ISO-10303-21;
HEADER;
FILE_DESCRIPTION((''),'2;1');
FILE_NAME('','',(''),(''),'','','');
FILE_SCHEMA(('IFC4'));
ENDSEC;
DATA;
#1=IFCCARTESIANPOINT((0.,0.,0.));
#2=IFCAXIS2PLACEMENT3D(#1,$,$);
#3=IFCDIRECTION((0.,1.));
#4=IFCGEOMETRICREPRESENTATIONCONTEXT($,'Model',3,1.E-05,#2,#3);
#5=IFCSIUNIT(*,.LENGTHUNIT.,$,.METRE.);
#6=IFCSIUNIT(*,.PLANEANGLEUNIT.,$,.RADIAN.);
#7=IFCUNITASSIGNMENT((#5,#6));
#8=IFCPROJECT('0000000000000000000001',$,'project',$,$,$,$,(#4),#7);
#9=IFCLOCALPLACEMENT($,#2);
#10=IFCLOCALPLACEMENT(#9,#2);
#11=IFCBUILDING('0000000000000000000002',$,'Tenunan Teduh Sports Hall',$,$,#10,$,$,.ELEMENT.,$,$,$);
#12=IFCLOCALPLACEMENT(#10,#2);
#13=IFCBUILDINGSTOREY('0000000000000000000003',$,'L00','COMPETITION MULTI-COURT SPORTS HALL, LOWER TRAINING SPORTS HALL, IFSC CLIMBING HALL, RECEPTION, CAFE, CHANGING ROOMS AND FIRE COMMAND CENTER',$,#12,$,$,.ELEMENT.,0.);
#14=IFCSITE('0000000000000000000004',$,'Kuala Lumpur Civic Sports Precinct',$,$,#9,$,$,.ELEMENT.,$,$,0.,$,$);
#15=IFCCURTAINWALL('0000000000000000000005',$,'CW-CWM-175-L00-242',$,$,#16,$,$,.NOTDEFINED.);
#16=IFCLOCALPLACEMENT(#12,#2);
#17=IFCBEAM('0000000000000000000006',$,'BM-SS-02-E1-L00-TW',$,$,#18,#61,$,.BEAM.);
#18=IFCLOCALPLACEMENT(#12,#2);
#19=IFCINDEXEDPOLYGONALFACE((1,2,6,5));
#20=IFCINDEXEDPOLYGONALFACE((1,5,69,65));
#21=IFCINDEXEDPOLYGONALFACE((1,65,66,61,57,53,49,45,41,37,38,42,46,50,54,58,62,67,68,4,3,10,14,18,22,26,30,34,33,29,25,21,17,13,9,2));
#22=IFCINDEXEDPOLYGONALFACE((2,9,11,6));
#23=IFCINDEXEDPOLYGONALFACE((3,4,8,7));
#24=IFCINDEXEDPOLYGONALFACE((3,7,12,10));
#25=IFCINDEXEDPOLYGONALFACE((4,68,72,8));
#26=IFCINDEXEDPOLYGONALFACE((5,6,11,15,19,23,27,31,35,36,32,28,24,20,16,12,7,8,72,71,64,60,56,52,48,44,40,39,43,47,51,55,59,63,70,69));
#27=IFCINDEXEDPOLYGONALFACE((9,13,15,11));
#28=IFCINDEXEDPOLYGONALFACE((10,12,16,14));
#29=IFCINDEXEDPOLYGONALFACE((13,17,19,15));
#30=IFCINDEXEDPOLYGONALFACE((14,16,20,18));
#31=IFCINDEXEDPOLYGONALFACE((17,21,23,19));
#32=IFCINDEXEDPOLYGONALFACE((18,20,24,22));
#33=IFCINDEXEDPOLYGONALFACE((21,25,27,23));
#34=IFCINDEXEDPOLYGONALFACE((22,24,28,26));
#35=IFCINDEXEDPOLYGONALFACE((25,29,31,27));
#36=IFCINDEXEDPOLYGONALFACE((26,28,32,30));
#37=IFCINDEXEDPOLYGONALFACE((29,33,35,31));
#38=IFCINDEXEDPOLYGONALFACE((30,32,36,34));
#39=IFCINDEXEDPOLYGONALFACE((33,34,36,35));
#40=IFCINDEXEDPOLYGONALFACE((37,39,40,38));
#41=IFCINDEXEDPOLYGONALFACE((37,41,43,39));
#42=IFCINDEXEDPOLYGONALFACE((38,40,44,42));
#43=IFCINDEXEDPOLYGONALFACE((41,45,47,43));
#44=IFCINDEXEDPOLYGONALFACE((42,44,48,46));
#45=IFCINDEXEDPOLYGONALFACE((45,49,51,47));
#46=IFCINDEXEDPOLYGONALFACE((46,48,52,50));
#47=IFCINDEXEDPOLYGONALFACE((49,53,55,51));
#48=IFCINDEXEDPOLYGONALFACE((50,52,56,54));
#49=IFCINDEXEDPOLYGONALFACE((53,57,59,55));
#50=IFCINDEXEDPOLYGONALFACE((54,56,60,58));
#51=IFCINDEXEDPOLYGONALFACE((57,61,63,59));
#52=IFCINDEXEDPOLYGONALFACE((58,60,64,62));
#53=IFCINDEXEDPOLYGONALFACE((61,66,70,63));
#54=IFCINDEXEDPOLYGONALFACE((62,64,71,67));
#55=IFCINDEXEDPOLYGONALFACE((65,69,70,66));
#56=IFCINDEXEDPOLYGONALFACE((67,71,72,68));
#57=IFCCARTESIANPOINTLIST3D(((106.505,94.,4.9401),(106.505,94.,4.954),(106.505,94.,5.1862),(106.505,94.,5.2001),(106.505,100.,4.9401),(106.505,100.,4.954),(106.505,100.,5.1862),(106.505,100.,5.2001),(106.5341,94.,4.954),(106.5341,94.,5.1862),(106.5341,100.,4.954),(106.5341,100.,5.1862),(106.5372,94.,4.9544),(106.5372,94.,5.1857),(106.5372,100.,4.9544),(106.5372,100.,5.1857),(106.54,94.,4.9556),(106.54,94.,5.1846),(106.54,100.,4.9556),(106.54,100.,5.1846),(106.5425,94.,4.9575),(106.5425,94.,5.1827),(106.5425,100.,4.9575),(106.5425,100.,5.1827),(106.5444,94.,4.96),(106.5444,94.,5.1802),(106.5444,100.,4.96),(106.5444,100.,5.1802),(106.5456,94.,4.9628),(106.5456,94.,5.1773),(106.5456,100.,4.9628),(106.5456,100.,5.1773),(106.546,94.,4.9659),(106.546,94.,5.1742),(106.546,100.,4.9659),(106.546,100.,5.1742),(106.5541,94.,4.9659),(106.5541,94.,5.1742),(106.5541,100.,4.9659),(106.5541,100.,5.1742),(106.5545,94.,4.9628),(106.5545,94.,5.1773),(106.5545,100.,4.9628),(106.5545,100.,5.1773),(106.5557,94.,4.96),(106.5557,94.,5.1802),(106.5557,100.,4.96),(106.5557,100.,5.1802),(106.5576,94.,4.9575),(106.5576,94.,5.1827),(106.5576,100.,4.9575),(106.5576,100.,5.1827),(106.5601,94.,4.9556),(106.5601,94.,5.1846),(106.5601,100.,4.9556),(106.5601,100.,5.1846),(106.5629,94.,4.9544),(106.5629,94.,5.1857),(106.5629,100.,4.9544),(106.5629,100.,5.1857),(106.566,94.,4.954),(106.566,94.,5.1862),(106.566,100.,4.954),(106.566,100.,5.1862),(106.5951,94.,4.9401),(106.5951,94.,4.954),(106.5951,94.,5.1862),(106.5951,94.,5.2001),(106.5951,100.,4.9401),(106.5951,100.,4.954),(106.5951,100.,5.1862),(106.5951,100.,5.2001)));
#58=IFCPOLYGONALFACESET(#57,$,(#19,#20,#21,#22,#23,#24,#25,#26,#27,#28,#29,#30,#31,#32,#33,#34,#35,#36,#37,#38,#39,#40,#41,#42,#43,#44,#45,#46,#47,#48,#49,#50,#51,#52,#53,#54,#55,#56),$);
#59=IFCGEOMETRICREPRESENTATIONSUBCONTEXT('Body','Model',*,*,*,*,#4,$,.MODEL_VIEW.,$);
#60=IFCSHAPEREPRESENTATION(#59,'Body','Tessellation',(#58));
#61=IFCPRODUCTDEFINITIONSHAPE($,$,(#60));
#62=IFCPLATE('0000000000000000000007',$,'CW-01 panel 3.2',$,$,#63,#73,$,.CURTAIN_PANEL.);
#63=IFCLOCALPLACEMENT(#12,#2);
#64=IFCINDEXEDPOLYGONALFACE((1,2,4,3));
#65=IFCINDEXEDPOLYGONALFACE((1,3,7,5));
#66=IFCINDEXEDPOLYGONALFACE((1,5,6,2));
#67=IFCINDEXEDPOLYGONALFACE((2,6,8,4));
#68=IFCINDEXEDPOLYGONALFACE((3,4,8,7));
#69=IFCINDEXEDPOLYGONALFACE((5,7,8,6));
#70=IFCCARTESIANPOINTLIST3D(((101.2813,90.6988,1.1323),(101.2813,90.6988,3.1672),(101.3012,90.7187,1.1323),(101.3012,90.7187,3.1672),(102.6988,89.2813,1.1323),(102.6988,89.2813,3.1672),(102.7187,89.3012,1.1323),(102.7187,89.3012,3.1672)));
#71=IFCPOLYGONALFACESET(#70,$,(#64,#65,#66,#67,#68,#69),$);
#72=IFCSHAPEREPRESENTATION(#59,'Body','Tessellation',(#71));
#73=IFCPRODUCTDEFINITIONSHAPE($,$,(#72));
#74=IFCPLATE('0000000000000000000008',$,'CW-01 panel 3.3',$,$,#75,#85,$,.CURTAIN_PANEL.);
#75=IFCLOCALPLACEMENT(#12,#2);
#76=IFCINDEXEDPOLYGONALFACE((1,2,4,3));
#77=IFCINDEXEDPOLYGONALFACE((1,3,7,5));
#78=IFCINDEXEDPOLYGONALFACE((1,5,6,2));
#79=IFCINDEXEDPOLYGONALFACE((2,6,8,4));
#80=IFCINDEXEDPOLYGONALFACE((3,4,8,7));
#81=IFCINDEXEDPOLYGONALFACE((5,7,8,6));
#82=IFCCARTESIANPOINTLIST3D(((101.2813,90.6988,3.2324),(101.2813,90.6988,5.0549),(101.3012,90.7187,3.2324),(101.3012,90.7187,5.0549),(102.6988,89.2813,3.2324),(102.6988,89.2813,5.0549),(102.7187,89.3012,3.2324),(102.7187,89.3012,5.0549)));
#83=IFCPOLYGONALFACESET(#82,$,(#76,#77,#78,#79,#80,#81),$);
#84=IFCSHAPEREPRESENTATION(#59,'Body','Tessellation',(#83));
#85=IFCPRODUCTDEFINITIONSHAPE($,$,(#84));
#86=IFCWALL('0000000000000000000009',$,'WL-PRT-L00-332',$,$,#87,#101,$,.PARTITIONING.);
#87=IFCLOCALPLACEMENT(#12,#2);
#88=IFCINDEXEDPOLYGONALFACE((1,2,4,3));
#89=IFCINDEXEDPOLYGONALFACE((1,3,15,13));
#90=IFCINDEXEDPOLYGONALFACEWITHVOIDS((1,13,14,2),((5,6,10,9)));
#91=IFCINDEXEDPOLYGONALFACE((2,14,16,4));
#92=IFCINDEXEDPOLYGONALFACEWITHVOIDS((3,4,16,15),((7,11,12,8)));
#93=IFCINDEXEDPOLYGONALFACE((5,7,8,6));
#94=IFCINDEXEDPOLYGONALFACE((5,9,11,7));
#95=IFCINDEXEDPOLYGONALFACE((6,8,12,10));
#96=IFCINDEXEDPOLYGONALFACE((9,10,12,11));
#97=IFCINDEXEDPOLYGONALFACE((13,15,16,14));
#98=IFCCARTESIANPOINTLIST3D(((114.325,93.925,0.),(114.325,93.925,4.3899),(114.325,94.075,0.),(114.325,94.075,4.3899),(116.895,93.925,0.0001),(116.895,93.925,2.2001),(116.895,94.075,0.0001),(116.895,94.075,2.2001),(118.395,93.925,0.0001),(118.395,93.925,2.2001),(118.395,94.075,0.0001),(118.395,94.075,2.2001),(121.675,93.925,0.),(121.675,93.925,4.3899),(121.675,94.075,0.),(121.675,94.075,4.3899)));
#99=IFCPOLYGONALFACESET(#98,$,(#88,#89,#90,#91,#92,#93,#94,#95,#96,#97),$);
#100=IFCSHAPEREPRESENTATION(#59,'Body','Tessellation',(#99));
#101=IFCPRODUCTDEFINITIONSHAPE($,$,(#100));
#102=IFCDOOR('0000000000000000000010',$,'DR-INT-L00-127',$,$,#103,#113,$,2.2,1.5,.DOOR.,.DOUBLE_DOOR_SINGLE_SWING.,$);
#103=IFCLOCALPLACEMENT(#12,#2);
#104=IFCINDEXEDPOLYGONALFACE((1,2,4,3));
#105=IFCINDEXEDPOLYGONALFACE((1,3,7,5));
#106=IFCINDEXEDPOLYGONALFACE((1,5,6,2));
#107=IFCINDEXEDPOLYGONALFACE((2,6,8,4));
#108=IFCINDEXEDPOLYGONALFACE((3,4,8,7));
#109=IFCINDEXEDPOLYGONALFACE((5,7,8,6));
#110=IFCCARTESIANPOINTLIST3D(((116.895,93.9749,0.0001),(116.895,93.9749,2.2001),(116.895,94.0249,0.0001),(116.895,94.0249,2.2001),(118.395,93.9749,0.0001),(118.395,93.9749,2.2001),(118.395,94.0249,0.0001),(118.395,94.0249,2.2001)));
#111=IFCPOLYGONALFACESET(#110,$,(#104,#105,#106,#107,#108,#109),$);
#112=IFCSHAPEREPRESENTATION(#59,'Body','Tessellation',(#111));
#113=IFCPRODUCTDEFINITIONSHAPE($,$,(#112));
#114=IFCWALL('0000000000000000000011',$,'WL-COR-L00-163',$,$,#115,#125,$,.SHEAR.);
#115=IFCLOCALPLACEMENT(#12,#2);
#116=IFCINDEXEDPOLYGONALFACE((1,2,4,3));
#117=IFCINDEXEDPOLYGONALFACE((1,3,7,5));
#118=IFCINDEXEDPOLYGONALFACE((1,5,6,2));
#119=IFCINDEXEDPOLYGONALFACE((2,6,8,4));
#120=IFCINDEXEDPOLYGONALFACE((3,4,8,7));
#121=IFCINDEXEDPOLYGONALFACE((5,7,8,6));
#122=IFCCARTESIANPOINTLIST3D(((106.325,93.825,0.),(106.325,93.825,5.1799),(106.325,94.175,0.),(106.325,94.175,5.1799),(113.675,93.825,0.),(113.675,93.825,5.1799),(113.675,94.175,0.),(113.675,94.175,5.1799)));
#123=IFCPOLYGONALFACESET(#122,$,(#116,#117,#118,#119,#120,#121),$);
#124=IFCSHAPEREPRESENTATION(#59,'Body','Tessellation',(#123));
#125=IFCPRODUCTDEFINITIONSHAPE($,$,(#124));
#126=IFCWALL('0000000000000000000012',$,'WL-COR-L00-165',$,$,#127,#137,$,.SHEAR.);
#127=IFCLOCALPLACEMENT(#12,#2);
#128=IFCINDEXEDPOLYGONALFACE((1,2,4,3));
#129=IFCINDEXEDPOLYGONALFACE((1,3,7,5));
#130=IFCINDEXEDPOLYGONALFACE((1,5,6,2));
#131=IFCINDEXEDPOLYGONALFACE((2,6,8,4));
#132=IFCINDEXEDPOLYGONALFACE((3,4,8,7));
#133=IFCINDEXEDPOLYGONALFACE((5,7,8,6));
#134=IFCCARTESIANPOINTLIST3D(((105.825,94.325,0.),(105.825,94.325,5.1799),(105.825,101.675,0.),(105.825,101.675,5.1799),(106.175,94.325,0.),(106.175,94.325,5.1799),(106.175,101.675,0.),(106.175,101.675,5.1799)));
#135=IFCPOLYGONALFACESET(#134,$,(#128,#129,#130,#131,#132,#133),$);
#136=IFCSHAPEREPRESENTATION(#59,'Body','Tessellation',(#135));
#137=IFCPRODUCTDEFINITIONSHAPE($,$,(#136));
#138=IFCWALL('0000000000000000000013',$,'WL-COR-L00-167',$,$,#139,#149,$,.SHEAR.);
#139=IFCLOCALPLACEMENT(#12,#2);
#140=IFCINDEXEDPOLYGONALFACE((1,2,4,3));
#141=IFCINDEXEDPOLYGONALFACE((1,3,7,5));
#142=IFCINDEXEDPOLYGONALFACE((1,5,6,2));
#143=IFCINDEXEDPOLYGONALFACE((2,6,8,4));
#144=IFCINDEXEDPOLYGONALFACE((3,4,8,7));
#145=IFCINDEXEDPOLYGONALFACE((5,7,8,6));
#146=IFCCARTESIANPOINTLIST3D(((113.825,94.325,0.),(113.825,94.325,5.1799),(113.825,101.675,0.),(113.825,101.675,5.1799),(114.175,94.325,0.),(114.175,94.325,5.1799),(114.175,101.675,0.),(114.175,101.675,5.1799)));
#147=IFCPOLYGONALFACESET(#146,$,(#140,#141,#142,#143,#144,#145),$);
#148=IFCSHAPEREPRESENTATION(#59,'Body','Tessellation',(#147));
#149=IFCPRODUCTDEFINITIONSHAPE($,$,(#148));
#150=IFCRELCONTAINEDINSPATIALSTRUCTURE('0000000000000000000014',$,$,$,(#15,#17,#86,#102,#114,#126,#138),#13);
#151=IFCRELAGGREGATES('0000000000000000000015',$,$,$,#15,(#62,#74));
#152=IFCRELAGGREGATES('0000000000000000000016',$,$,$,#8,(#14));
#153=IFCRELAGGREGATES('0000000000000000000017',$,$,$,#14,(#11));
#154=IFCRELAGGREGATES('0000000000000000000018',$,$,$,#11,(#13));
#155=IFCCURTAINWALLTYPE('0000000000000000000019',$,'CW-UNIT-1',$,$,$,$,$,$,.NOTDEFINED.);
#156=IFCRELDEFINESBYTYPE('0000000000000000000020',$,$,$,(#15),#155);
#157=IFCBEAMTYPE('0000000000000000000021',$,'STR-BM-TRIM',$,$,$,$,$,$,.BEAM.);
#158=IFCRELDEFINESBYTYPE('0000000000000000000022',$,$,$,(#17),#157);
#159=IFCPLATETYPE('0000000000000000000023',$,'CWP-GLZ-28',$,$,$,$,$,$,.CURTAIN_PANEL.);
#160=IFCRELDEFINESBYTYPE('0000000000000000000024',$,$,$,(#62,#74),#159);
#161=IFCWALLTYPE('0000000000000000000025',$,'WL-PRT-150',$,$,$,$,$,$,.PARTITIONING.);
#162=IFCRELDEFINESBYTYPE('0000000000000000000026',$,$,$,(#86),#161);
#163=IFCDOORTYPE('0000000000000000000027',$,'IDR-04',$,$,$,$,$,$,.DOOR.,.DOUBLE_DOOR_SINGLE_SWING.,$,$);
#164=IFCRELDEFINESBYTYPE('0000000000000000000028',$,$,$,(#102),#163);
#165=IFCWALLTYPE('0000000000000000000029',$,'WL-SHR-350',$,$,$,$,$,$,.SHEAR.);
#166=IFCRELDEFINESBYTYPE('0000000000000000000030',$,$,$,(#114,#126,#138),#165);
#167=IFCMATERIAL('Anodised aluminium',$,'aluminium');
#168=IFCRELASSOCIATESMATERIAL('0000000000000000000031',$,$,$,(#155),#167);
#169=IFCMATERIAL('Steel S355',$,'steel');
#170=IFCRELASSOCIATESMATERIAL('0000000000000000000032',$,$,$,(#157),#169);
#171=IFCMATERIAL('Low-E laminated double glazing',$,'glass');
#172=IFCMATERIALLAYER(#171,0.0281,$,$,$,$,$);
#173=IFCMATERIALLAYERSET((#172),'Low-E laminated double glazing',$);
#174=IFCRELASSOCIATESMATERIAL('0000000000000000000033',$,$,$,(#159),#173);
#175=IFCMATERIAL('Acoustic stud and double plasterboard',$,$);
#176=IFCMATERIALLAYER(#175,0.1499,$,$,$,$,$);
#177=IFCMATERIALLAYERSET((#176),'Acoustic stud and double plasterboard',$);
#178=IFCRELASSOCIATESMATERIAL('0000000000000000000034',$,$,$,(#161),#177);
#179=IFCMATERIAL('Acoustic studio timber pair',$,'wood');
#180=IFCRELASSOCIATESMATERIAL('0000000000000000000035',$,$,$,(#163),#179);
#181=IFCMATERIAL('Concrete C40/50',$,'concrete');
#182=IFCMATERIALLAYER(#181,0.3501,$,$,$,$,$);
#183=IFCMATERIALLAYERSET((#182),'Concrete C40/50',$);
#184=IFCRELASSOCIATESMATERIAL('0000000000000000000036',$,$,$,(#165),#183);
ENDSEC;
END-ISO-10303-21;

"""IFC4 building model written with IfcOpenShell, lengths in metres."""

from ifc_helpers import new_model, si_unit, direction, frame, frame_2d, origin, origin_2d, place, context, subcontext, project, spatial, rectangle, i_section, extrude, material, layer, layer_set, material_profile, profile_set, type_object, element, fill, aggregate, save


model = new_model("IFC4")

# Units and contexts
model_context = context("Model", 3, precision=1e-05, world=origin(), true_north=direction((0.0, 1.0)))
body_context = subcontext(model_context, "Body", "Model", "MODEL_VIEW")
ifc_project = project(units=[si_unit("LENGTHUNIT", "METRE"), si_unit("PLANEANGLEUNIT", "RADIAN")], contexts=[model_context])

# Site, building, storey
site_placement = place(None, origin())
site = spatial("IfcSite", under=ifc_project, at=site_placement, Name="Kuala Lumpur Civic Sports Precinct", CompositionType="ELEMENT", RefElevation=0.0)
building_placement = place(site_placement, origin())
building = spatial("IfcBuilding", under=site, at=building_placement, Name="Tenunan Teduh Sports Hall", CompositionType="ELEMENT")
storey_placement = place(building_placement, origin())
storey = spatial("IfcBuildingStorey", under=building, at=storey_placement, Name="L00", Description="COMPETITION MULTI-COURT SPORTS HALL, LOWER TRAINING SPORTS HALL, IFSC CLIMBING HALL, RECEPTION, CAFE, CHANGING ROOMS AND FIRE COMMAND CENTER", CompositionType="ELEMENT", Elevation=0.0)

# Curtain wall
ifc_material_1 = material(Name="Anodised aluminium", Category="aluminium")
curtain_wall_type = type_object("IfcCurtainWallType", Name="CW-UNIT-1", PredefinedType="NOTDEFINED", material=ifc_material_1)
curtain_wall_placement = place(storey_placement, origin())
curtain_wall = element("IfcCurtainWall", 1, at=curtain_wall_placement, inside=storey, type_object=curtain_wall_type, Name="CW-CWM-175-L00-242", PredefinedType="NOTDEFINED")

# Beam
ifc_material_2 = material(Name="Steel S355", Category="steel")
ifc_material_profile_1 = material_profile(ifc_material_2, i_section(OverallWidth=0.0901, OverallDepth=0.26, WebThickness=0.0081, FlangeThickness=0.0139, FilletRadius=0.012, at=origin_2d()), Name="PFC 260x90")
ifc_profile_set_1 = profile_set([ifc_material_profile_1], Name="Steel S355")
beam_type_1 = type_object("IfcBeamType", Name="STR-BM-TRIM", PredefinedType="BEAM", material=ifc_profile_set_1)
for number, where, z_axis, x_axis, name in (
    (2, (106.55, 94.0, 5.0701), (0.0, 1.0, 0.0), (-1.0, 0.0, 0.0), "BM-SS-02-E1-L00-TW"),
):
    element("IfcBeam", number, at=place(storey_placement, frame(where, z_axis=z_axis, x_axis=x_axis)), inside=storey, type_object=beam_type_1, Name=name, PredefinedType="BEAM", context=body_context, shape_type="SweptSolid", body=[
        extrude(i_section(OverallWidth=0.0901, OverallDepth=0.26, WebThickness=0.0081, FlangeThickness=0.0139, FilletRadius=0.012, at=origin_2d()), origin(), (0.0, 0.0, 1.0), 6.0),
    ])

# Plates
ifc_material_3 = material(Name="Low-E laminated double glazing", Category="glass")
ifc_layer_1 = layer(ifc_material_3, 0.0281)
ifc_layer_set_1 = layer_set([ifc_layer_1], Name="Low-E laminated double glazing")
plate_type = type_object("IfcPlateType", Name="CWP-GLZ-28", PredefinedType="CURTAIN_PANEL", material=ifc_layer_set_1)
plate_1_placement = place(storey_placement, frame((102.0, 90.0, 1.1323), z_axis=(0.0, 0.0, 1.0), x_axis=(0.707107, -0.707107, 0.0)))
plate_1 = element("IfcPlate", 3, at=plate_1_placement, type_object=plate_type, Name="CW-01 panel 3.2", PredefinedType="CURTAIN_PANEL", context=body_context, shape_type="SweptSolid", body=[
    extrude(rectangle(XDim=2.0046, YDim=0.0281, at=origin_2d()), origin(), (0.0, 0.0, 1.0), 2.0349),
])
plate_2_placement = place(storey_placement, frame((102.0, 90.0, 3.2324), z_axis=(0.0, 0.0, 1.0), x_axis=(0.707107, -0.707107, 0.0)))
plate_2 = element("IfcPlate", 4, at=plate_2_placement, type_object=plate_type, Name="CW-01 panel 3.3", PredefinedType="CURTAIN_PANEL", context=body_context, shape_type="SweptSolid", body=[
    extrude(rectangle(XDim=2.0046, YDim=0.0281, at=origin_2d()), origin(), (0.0, 0.0, 1.0), 1.8225),
])
aggregate(curtain_wall, [plate_1, plate_2])

# Wall, opening, door
ifc_material_4 = material(Name="Acoustic stud and double plasterboard")
ifc_layer_2 = layer(ifc_material_4, 0.1499)
ifc_layer_set_2 = layer_set([ifc_layer_2], Name="Acoustic stud and double plasterboard")
wall_type_1 = type_object("IfcWallType", Name="WL-PRT-150", PredefinedType="PARTITIONING", material=ifc_layer_set_2)
wall_placement = place(storey_placement, frame((114.325, 94.0, 0.0), z_axis=(0.0, 0.0, 1.0), x_axis=(1.0, 0.0, 0.0)))
wall = element("IfcWall", 5, at=wall_placement, inside=storey, type_object=wall_type_1, Name="WL-PRT-L00-332", PredefinedType="PARTITIONING", context=body_context, shape_type="SweptSolid", body=[
    extrude(rectangle(XDim=7.3501, YDim=0.1499, at=frame_2d((3.675, 0.0))), origin(), (0.0, 0.0, 1.0), 4.3899),
])
opening_placement = place(wall_placement, frame((2.5701, 0.0, 0.0)))
opening = element("IfcOpeningElement", 6, at=opening_placement, cuts=wall, PredefinedType="OPENING", context=body_context, shape_type="SweptSolid", body=[
    extrude(rectangle(XDim=1.5, YDim=2.2, at=frame_2d((0.75, 1.1001))), frame((0.0, 0.085, 0.0), z_axis=(0.0, -1.0, 0.0), x_axis=(1.0, 0.0, 0.0)), (0.0, 0.0, 1.0), 0.1699),
])
ifc_material_5 = material(Name="Acoustic studio timber pair", Category="wood")
door_type = type_object("IfcDoorType", Name="IDR-04", OperationType="DOUBLE_DOOR_SINGLE_SWING", PredefinedType="DOOR", material=ifc_material_5)
door_placement = place(opening_placement, origin())
door = element("IfcDoor", 7, at=door_placement, inside=storey, type_object=door_type, Name="DR-INT-L00-127", OperationType="DOUBLE_DOOR_SINGLE_SWING", OverallHeight=2.2, OverallWidth=1.5, PredefinedType="DOOR", context=body_context, shape_type="SweptSolid", body=[
    extrude(rectangle(XDim=1.5, YDim=2.2, at=frame_2d((0.75, 1.1001))), frame((0.0, 0.0249, 0.0), z_axis=(0.0, -1.0, 0.0), x_axis=(1.0, 0.0, 0.0)), (0.0, 0.0, 1.0), 0.05),
])
fill(opening, door)

# Walls
ifc_material_6 = material(Name="Concrete C40/50", Category="concrete")
ifc_layer_3 = layer(ifc_material_6, 0.3501)
ifc_layer_set_3 = layer_set([ifc_layer_3], Name="Concrete C40/50")
wall_type_2 = type_object("IfcWallType", Name="WL-SHR-350", PredefinedType="SHEAR", material=ifc_layer_set_3)
for number, where, z_axis, x_axis, name in (
    (8, (106.325, 94.0, 0.0), (0.0, 0.0, 1.0), (1.0, 0.0, 0.0), "WL-COR-L00-163"),
    (9, (106.0, 94.325, 0.0), (0.0, 0.0, 1.0), (0.0, 1.0, 0.0), "WL-COR-L00-165"),
    (10, (114.0, 94.325, 0.0), (0.0, 0.0, 1.0), (0.0, 1.0, 0.0), "WL-COR-L00-167"),
):
    element("IfcWall", number, at=place(storey_placement, frame(where, z_axis=z_axis, x_axis=x_axis)), inside=storey, type_object=wall_type_2, Name=name, PredefinedType="SHEAR", context=body_context, shape_type="SweptSolid", body=[
        extrude(rectangle(XDim=7.3501, YDim=0.3501, at=frame_2d((3.675, 0.0))), origin(), (0.0, 0.0, 1.0), 5.1799),
    ])

save(model, "model.ifc")
